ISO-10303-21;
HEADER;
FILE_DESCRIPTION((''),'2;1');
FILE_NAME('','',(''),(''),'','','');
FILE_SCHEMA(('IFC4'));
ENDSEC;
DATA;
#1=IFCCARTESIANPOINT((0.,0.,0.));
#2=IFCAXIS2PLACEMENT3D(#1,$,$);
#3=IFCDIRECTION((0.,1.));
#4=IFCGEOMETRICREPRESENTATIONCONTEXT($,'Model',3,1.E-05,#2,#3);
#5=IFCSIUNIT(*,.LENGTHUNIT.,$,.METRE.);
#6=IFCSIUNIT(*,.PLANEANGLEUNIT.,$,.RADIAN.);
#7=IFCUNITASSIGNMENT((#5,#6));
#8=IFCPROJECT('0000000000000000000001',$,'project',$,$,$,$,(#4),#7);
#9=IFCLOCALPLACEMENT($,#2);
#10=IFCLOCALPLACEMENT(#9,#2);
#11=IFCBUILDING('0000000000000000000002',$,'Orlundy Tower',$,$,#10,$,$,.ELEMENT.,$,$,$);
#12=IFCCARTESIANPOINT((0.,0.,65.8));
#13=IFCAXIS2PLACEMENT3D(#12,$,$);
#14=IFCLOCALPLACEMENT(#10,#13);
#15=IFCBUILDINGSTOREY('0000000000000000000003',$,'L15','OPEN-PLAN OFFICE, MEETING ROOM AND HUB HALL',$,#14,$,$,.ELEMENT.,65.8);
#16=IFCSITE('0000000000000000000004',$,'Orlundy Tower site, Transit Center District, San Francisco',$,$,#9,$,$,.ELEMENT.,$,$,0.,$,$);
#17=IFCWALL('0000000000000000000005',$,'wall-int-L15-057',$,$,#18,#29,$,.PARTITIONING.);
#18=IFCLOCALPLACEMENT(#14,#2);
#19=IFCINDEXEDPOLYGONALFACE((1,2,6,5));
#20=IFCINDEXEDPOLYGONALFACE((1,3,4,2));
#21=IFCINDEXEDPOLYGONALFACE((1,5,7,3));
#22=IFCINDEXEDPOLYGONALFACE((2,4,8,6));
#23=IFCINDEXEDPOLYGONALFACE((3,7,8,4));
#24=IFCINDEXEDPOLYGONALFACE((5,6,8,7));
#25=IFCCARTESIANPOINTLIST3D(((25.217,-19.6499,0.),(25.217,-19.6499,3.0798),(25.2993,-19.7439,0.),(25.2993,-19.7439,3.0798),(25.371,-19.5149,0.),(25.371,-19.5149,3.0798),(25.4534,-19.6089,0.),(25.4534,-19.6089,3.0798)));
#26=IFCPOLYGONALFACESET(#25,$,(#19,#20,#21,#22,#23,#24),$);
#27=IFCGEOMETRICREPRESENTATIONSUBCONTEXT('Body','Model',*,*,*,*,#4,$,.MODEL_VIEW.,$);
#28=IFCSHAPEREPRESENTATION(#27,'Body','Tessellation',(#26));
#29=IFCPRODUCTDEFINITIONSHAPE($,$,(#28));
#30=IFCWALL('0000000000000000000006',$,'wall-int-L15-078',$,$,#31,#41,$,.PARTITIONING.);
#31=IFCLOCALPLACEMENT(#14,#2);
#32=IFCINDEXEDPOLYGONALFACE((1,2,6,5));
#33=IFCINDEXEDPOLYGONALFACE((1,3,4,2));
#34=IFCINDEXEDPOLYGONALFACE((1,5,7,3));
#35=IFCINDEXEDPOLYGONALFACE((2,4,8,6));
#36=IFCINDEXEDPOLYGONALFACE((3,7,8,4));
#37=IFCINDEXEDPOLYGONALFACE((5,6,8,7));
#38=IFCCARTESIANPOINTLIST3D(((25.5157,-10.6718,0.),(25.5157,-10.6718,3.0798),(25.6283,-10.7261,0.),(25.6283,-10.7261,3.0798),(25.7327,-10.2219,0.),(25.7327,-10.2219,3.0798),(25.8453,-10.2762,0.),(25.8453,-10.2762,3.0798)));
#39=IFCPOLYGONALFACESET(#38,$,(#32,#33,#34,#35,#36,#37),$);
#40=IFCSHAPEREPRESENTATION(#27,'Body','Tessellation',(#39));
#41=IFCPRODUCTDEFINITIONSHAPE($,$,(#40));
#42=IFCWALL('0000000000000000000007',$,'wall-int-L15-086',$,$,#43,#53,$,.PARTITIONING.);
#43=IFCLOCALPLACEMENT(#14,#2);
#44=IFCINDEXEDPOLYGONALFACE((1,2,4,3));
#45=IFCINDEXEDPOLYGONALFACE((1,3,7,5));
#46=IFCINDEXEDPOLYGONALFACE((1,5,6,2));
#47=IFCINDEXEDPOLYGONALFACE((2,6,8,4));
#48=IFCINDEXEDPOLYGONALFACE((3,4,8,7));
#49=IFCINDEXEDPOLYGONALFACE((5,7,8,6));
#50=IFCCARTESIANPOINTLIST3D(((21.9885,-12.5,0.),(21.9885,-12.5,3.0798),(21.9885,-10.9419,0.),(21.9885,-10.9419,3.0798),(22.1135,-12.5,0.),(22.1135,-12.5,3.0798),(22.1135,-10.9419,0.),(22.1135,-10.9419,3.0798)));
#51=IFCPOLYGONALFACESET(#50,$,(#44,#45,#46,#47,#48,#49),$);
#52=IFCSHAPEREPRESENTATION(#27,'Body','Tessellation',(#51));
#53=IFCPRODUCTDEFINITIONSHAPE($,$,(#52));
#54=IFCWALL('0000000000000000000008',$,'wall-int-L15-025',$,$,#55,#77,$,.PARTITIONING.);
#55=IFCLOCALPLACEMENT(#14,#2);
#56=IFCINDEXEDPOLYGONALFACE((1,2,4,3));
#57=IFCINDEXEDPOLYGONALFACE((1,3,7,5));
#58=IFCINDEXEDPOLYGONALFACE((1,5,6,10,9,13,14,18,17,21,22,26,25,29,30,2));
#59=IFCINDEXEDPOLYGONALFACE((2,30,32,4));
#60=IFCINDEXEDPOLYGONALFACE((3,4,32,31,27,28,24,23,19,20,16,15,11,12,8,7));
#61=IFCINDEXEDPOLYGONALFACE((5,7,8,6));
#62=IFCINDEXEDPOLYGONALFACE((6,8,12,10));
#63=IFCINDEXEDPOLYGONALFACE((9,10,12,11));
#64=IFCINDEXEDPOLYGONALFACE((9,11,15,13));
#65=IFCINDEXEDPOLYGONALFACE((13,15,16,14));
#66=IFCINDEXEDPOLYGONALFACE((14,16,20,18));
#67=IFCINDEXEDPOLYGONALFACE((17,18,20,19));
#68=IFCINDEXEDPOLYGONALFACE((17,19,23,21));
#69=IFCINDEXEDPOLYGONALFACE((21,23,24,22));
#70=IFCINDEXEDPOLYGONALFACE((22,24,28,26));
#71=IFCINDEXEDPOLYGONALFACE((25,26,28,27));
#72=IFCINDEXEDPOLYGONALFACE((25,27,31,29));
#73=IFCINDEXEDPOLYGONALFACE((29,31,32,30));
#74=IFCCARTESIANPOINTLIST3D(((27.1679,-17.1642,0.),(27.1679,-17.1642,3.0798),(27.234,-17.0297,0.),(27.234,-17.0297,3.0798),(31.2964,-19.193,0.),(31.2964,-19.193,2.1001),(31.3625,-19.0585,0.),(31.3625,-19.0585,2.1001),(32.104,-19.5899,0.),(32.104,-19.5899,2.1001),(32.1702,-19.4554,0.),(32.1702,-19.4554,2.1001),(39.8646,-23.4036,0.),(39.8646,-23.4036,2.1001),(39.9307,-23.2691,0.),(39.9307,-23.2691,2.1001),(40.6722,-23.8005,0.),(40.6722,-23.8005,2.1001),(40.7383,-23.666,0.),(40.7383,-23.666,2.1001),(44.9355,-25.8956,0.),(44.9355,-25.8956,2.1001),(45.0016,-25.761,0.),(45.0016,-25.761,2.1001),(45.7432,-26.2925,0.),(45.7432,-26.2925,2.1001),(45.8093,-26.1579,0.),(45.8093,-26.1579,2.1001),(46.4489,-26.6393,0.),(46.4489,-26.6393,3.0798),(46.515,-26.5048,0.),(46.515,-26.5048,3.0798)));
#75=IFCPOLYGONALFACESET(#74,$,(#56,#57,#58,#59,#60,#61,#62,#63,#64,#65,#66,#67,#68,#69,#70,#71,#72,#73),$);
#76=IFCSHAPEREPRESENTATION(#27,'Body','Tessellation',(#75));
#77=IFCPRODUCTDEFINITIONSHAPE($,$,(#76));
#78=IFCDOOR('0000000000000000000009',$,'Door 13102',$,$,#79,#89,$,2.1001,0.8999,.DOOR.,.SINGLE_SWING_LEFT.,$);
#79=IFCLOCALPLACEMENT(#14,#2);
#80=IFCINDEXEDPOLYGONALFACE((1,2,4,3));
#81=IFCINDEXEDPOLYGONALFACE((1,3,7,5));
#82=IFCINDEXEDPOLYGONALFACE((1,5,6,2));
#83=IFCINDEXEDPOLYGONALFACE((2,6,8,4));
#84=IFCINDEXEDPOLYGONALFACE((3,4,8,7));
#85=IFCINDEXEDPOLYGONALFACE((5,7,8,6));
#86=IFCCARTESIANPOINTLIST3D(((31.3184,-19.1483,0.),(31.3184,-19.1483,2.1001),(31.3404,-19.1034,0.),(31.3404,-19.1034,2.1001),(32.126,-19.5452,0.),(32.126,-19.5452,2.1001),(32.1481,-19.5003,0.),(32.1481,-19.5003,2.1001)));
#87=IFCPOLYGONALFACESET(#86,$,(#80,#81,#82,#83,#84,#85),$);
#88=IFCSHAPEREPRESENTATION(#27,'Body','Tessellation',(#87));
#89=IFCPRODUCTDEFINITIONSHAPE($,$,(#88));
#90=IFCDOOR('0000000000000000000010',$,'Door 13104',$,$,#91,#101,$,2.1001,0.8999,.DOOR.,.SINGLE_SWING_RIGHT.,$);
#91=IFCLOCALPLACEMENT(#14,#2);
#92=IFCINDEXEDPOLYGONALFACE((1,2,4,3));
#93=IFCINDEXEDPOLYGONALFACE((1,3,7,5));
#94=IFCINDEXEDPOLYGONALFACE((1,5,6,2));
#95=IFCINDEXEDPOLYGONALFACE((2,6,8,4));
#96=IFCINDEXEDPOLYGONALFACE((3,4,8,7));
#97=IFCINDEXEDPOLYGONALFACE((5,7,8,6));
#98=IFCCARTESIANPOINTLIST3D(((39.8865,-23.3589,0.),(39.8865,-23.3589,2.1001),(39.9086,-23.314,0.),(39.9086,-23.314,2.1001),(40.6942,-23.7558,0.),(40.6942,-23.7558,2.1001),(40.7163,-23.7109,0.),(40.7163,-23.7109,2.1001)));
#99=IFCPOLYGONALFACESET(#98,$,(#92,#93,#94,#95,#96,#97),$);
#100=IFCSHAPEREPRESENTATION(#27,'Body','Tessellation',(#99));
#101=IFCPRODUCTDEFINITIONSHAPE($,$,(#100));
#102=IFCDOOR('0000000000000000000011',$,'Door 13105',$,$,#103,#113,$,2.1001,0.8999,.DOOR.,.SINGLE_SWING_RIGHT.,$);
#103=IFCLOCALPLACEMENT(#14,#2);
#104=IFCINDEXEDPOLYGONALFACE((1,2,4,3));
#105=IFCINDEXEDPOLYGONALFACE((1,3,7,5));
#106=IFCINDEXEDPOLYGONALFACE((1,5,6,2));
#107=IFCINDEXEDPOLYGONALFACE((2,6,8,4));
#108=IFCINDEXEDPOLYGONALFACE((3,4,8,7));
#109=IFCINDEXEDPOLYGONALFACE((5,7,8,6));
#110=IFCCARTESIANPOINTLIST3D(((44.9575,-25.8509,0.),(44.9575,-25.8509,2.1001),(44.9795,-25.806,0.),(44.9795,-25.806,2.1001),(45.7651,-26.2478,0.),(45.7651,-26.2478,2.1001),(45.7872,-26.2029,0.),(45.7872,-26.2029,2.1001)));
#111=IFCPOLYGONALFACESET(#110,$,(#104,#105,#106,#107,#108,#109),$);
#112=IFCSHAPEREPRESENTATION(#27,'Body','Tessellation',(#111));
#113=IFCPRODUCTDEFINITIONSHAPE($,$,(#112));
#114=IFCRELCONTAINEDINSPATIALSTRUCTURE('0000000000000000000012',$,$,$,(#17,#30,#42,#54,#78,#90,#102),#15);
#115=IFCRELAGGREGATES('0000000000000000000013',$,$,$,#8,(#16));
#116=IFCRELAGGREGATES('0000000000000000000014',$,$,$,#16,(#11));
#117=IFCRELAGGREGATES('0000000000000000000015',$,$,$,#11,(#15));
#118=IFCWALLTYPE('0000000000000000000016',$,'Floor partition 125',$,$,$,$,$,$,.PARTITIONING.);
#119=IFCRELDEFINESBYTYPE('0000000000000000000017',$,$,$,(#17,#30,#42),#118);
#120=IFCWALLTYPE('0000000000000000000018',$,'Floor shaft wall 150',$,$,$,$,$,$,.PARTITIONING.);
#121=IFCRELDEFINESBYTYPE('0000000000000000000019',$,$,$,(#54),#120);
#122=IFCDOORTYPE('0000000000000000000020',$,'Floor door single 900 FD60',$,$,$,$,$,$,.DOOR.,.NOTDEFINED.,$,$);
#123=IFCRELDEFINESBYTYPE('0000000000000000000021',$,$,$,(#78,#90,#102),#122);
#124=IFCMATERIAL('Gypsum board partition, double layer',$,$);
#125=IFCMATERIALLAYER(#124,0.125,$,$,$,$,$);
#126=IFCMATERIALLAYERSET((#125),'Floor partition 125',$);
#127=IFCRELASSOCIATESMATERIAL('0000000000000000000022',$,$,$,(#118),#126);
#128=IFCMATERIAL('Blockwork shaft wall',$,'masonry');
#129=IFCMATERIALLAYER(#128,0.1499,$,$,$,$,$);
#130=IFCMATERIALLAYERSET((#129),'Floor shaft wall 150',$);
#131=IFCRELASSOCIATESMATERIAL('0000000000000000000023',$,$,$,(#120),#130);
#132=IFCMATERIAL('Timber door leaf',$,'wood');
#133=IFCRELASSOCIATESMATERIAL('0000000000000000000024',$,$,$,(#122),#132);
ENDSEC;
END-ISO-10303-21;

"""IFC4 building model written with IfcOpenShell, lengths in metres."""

from ifc_helpers import new_model, si_unit, direction, frame, frame_2d, origin, place, context, subcontext, project, spatial, rectangle, extrude, material, layer, layer_set, type_object, element, fill, save


model = new_model("IFC4")

# Units and contexts
model_context = context("Model", 3, precision=1e-05, world=origin(), true_north=direction((0.0, 1.0)))
body_context = subcontext(model_context, "Body", "Model", "MODEL_VIEW")
ifc_project = project(units=[si_unit("LENGTHUNIT", "METRE"), si_unit("PLANEANGLEUNIT", "RADIAN")], contexts=[model_context])

# Site, building, storey
site_placement = place(None, origin())
site = spatial("IfcSite", under=ifc_project, at=site_placement, Name="Orlundy Tower site, Transit Center District, San Francisco", CompositionType="ELEMENT", RefElevation=0.0)
building_placement = place(site_placement, origin())
building = spatial("IfcBuilding", under=site, at=building_placement, Name="Orlundy Tower", CompositionType="ELEMENT")
storey_placement = place(building_placement, frame((0.0, 0.0, 65.8)))
storey = spatial("IfcBuildingStorey", under=building, at=storey_placement, Name="L15", Description="OPEN-PLAN OFFICE, MEETING ROOM AND HUB HALL", CompositionType="ELEMENT", Elevation=65.8)

# Shared definitions
ifc_material_1 = material(Name="Gypsum board partition, double layer")
ifc_layer_1 = layer(ifc_material_1, 0.125)
ifc_layer_set_1 = layer_set([ifc_layer_1], Name="Floor partition 125")
wall_type_1 = type_object("IfcWallType", Name="Floor partition 125", PredefinedType="PARTITIONING", material=ifc_layer_set_1)

# Walls
wall_1_placement = place(storey_placement, frame((25.2581, -19.697, 0.0), z_axis=(0.0, 0.0, 1.0), x_axis=(0.75206, 0.659095, 0.0)))
element("IfcWall", 1, at=wall_1_placement, inside=storey, type_object=wall_type_1, Name="wall-int-L15-057", PredefinedType="PARTITIONING", context=body_context, shape_type="SweptSolid", body=[
    extrude(rectangle(XDim=0.2048, YDim=0.125, at=frame_2d((0.1025, 0.0))), origin(), (0.0, 0.0, 1.0), 3.0798),
])
wall_2_placement = place(storey_placement, frame((25.572, -10.699, 0.0), z_axis=(0.0, 0.0, 1.0), x_axis=(0.434462, 0.90069, 0.0)))
element("IfcWall", 2, at=wall_2_placement, inside=storey, type_object=wall_type_1, Name="wall-int-L15-078", PredefinedType="PARTITIONING", context=body_context, shape_type="SweptSolid", body=[
    extrude(rectangle(XDim=0.4995, YDim=0.125, at=frame_2d((0.2498, 0.0))), origin(), (0.0, 0.0, 1.0), 3.0798),
])
wall_3_placement = place(storey_placement, frame((22.051, -12.5, 0.0), z_axis=(0.0, 0.0, 1.0), x_axis=(0.0, 1.0, 0.0)))
element("IfcWall", 3, at=wall_3_placement, inside=storey, type_object=wall_type_1, Name="wall-int-L15-086", PredefinedType="PARTITIONING", context=body_context, shape_type="SweptSolid", body=[
    extrude(rectangle(XDim=1.5581, YDim=0.125, at=frame_2d((0.7791, 0.0))), origin(), (0.0, 0.0, 1.0), 3.0798),
])

# Wall, openings, doors
ifc_material_2 = material(Name="Blockwork shaft wall", Category="masonry")
ifc_layer_2 = layer(ifc_material_2, 0.1499)
ifc_layer_set_2 = layer_set([ifc_layer_2], Name="Floor shaft wall 150")
wall_type_2 = type_object("IfcWallType", Name="Floor shaft wall 150", PredefinedType="PARTITIONING", material=ifc_layer_set_2)
wall_4_placement = place(storey_placement, frame((27.2009, -17.0969, 0.0), z_axis=(0.0, 0.0, 1.0), x_axis=(0.897486, -0.441044, 0.0)))
wall_4 = element("IfcWall", 4, at=wall_4_placement, inside=storey, type_object=wall_type_2, Name="wall-int-L15-025", PredefinedType="PARTITIONING", context=body_context, shape_type="SweptSolid", body=[
    extrude(rectangle(XDim=21.4834, YDim=0.1499, at=frame_2d((10.7417, 0.0))), origin(), (0.0, 0.0, 1.0), 3.0798),
])
opening_1_placement = place(wall_4_placement, frame((4.6001, 0.0, 0.0)))
opening_1 = element("IfcOpeningElement", 5, at=opening_1_placement, cuts=wall_4, PredefinedType="OPENING", context=body_context, shape_type="SweptSolid", body=[
    extrude(rectangle(XDim=0.8999, YDim=2.1001, at=frame_2d((0.45, 1.05))), frame((0.0, 0.085, 0.0), z_axis=(0.0, -1.0, 0.0), x_axis=(1.0, 0.0, 0.0)), (0.0, 0.0, 1.0), 0.1699),
])
opening_2_placement = place(wall_4_placement, frame((14.147, 0.0, 0.0)))
opening_2 = element("IfcOpeningElement", 6, at=opening_2_placement, cuts=wall_4, PredefinedType="OPENING", context=body_context, shape_type="SweptSolid", body=[
    extrude(rectangle(XDim=0.8999, YDim=2.1001, at=frame_2d((0.45, 1.05))), frame((0.0, 0.085, 0.0), z_axis=(0.0, -1.0, 0.0), x_axis=(1.0, 0.0, 0.0)), (0.0, 0.0, 1.0), 0.1699),
])
opening_3_placement = place(wall_4_placement, frame((19.7971, 0.0, 0.0)))
opening_3 = element("IfcOpeningElement", 7, at=opening_3_placement, cuts=wall_4, PredefinedType="OPENING", context=body_context, shape_type="SweptSolid", body=[
    extrude(rectangle(XDim=0.8999, YDim=2.1001, at=frame_2d((0.45, 1.05))), frame((0.0, 0.085, 0.0), z_axis=(0.0, -1.0, 0.0), x_axis=(1.0, 0.0, 0.0)), (0.0, 0.0, 1.0), 0.1699),
])
ifc_material_3 = material(Name="Timber door leaf", Category="wood")
door_type_1 = type_object("IfcDoorType", Name="Floor door single 900 FD60", OperationType="NOTDEFINED", PredefinedType="DOOR", material=ifc_material_3)
door_1_placement = place(opening_1_placement, origin())
door_1 = element("IfcDoor", 8, at=door_1_placement, inside=storey, type_object=door_type_1, Name="Door 13102", OperationType="SINGLE_SWING_LEFT", OverallHeight=2.1001, OverallWidth=0.8999, PredefinedType="DOOR", context=body_context, shape_type="SweptSolid", body=[
    extrude(rectangle(XDim=0.8999, YDim=2.1001, at=frame_2d((0.45, 1.05))), frame((0.0, 0.0249, 0.0), z_axis=(0.0, -1.0, 0.0), x_axis=(1.0, 0.0, 0.0)), (0.0, 0.0, 1.0), 0.05),
])
fill(opening_1, door_1)
door_2_placement = place(opening_2_placement, origin())
door_2 = element("IfcDoor", 9, at=door_2_placement, inside=storey, type_object=door_type_1, Name="Door 13104", OperationType="SINGLE_SWING_RIGHT", OverallHeight=2.1001, OverallWidth=0.8999, PredefinedType="DOOR", context=body_context, shape_type="SweptSolid", body=[
    extrude(rectangle(XDim=0.8999, YDim=2.1001, at=frame_2d((0.45, 1.05))), frame((0.0, 0.0249, 0.0), z_axis=(0.0, -1.0, 0.0), x_axis=(1.0, 0.0, 0.0)), (0.0, 0.0, 1.0), 0.05),
])
fill(opening_2, door_2)
door_3_placement = place(opening_3_placement, origin())
door_3 = element("IfcDoor", 10, at=door_3_placement, inside=storey, type_object=door_type_1, Name="Door 13105", OperationType="SINGLE_SWING_RIGHT", OverallHeight=2.1001, OverallWidth=0.8999, PredefinedType="DOOR", context=body_context, shape_type="SweptSolid", body=[
    extrude(rectangle(XDim=0.8999, YDim=2.1001, at=frame_2d((0.45, 1.05))), frame((0.0, 0.0249, 0.0), z_axis=(0.0, -1.0, 0.0), x_axis=(1.0, 0.0, 0.0)), (0.0, 0.0, 1.0), 0.05),
])
fill(opening_3, door_3)

save(model, "model.ifc")
